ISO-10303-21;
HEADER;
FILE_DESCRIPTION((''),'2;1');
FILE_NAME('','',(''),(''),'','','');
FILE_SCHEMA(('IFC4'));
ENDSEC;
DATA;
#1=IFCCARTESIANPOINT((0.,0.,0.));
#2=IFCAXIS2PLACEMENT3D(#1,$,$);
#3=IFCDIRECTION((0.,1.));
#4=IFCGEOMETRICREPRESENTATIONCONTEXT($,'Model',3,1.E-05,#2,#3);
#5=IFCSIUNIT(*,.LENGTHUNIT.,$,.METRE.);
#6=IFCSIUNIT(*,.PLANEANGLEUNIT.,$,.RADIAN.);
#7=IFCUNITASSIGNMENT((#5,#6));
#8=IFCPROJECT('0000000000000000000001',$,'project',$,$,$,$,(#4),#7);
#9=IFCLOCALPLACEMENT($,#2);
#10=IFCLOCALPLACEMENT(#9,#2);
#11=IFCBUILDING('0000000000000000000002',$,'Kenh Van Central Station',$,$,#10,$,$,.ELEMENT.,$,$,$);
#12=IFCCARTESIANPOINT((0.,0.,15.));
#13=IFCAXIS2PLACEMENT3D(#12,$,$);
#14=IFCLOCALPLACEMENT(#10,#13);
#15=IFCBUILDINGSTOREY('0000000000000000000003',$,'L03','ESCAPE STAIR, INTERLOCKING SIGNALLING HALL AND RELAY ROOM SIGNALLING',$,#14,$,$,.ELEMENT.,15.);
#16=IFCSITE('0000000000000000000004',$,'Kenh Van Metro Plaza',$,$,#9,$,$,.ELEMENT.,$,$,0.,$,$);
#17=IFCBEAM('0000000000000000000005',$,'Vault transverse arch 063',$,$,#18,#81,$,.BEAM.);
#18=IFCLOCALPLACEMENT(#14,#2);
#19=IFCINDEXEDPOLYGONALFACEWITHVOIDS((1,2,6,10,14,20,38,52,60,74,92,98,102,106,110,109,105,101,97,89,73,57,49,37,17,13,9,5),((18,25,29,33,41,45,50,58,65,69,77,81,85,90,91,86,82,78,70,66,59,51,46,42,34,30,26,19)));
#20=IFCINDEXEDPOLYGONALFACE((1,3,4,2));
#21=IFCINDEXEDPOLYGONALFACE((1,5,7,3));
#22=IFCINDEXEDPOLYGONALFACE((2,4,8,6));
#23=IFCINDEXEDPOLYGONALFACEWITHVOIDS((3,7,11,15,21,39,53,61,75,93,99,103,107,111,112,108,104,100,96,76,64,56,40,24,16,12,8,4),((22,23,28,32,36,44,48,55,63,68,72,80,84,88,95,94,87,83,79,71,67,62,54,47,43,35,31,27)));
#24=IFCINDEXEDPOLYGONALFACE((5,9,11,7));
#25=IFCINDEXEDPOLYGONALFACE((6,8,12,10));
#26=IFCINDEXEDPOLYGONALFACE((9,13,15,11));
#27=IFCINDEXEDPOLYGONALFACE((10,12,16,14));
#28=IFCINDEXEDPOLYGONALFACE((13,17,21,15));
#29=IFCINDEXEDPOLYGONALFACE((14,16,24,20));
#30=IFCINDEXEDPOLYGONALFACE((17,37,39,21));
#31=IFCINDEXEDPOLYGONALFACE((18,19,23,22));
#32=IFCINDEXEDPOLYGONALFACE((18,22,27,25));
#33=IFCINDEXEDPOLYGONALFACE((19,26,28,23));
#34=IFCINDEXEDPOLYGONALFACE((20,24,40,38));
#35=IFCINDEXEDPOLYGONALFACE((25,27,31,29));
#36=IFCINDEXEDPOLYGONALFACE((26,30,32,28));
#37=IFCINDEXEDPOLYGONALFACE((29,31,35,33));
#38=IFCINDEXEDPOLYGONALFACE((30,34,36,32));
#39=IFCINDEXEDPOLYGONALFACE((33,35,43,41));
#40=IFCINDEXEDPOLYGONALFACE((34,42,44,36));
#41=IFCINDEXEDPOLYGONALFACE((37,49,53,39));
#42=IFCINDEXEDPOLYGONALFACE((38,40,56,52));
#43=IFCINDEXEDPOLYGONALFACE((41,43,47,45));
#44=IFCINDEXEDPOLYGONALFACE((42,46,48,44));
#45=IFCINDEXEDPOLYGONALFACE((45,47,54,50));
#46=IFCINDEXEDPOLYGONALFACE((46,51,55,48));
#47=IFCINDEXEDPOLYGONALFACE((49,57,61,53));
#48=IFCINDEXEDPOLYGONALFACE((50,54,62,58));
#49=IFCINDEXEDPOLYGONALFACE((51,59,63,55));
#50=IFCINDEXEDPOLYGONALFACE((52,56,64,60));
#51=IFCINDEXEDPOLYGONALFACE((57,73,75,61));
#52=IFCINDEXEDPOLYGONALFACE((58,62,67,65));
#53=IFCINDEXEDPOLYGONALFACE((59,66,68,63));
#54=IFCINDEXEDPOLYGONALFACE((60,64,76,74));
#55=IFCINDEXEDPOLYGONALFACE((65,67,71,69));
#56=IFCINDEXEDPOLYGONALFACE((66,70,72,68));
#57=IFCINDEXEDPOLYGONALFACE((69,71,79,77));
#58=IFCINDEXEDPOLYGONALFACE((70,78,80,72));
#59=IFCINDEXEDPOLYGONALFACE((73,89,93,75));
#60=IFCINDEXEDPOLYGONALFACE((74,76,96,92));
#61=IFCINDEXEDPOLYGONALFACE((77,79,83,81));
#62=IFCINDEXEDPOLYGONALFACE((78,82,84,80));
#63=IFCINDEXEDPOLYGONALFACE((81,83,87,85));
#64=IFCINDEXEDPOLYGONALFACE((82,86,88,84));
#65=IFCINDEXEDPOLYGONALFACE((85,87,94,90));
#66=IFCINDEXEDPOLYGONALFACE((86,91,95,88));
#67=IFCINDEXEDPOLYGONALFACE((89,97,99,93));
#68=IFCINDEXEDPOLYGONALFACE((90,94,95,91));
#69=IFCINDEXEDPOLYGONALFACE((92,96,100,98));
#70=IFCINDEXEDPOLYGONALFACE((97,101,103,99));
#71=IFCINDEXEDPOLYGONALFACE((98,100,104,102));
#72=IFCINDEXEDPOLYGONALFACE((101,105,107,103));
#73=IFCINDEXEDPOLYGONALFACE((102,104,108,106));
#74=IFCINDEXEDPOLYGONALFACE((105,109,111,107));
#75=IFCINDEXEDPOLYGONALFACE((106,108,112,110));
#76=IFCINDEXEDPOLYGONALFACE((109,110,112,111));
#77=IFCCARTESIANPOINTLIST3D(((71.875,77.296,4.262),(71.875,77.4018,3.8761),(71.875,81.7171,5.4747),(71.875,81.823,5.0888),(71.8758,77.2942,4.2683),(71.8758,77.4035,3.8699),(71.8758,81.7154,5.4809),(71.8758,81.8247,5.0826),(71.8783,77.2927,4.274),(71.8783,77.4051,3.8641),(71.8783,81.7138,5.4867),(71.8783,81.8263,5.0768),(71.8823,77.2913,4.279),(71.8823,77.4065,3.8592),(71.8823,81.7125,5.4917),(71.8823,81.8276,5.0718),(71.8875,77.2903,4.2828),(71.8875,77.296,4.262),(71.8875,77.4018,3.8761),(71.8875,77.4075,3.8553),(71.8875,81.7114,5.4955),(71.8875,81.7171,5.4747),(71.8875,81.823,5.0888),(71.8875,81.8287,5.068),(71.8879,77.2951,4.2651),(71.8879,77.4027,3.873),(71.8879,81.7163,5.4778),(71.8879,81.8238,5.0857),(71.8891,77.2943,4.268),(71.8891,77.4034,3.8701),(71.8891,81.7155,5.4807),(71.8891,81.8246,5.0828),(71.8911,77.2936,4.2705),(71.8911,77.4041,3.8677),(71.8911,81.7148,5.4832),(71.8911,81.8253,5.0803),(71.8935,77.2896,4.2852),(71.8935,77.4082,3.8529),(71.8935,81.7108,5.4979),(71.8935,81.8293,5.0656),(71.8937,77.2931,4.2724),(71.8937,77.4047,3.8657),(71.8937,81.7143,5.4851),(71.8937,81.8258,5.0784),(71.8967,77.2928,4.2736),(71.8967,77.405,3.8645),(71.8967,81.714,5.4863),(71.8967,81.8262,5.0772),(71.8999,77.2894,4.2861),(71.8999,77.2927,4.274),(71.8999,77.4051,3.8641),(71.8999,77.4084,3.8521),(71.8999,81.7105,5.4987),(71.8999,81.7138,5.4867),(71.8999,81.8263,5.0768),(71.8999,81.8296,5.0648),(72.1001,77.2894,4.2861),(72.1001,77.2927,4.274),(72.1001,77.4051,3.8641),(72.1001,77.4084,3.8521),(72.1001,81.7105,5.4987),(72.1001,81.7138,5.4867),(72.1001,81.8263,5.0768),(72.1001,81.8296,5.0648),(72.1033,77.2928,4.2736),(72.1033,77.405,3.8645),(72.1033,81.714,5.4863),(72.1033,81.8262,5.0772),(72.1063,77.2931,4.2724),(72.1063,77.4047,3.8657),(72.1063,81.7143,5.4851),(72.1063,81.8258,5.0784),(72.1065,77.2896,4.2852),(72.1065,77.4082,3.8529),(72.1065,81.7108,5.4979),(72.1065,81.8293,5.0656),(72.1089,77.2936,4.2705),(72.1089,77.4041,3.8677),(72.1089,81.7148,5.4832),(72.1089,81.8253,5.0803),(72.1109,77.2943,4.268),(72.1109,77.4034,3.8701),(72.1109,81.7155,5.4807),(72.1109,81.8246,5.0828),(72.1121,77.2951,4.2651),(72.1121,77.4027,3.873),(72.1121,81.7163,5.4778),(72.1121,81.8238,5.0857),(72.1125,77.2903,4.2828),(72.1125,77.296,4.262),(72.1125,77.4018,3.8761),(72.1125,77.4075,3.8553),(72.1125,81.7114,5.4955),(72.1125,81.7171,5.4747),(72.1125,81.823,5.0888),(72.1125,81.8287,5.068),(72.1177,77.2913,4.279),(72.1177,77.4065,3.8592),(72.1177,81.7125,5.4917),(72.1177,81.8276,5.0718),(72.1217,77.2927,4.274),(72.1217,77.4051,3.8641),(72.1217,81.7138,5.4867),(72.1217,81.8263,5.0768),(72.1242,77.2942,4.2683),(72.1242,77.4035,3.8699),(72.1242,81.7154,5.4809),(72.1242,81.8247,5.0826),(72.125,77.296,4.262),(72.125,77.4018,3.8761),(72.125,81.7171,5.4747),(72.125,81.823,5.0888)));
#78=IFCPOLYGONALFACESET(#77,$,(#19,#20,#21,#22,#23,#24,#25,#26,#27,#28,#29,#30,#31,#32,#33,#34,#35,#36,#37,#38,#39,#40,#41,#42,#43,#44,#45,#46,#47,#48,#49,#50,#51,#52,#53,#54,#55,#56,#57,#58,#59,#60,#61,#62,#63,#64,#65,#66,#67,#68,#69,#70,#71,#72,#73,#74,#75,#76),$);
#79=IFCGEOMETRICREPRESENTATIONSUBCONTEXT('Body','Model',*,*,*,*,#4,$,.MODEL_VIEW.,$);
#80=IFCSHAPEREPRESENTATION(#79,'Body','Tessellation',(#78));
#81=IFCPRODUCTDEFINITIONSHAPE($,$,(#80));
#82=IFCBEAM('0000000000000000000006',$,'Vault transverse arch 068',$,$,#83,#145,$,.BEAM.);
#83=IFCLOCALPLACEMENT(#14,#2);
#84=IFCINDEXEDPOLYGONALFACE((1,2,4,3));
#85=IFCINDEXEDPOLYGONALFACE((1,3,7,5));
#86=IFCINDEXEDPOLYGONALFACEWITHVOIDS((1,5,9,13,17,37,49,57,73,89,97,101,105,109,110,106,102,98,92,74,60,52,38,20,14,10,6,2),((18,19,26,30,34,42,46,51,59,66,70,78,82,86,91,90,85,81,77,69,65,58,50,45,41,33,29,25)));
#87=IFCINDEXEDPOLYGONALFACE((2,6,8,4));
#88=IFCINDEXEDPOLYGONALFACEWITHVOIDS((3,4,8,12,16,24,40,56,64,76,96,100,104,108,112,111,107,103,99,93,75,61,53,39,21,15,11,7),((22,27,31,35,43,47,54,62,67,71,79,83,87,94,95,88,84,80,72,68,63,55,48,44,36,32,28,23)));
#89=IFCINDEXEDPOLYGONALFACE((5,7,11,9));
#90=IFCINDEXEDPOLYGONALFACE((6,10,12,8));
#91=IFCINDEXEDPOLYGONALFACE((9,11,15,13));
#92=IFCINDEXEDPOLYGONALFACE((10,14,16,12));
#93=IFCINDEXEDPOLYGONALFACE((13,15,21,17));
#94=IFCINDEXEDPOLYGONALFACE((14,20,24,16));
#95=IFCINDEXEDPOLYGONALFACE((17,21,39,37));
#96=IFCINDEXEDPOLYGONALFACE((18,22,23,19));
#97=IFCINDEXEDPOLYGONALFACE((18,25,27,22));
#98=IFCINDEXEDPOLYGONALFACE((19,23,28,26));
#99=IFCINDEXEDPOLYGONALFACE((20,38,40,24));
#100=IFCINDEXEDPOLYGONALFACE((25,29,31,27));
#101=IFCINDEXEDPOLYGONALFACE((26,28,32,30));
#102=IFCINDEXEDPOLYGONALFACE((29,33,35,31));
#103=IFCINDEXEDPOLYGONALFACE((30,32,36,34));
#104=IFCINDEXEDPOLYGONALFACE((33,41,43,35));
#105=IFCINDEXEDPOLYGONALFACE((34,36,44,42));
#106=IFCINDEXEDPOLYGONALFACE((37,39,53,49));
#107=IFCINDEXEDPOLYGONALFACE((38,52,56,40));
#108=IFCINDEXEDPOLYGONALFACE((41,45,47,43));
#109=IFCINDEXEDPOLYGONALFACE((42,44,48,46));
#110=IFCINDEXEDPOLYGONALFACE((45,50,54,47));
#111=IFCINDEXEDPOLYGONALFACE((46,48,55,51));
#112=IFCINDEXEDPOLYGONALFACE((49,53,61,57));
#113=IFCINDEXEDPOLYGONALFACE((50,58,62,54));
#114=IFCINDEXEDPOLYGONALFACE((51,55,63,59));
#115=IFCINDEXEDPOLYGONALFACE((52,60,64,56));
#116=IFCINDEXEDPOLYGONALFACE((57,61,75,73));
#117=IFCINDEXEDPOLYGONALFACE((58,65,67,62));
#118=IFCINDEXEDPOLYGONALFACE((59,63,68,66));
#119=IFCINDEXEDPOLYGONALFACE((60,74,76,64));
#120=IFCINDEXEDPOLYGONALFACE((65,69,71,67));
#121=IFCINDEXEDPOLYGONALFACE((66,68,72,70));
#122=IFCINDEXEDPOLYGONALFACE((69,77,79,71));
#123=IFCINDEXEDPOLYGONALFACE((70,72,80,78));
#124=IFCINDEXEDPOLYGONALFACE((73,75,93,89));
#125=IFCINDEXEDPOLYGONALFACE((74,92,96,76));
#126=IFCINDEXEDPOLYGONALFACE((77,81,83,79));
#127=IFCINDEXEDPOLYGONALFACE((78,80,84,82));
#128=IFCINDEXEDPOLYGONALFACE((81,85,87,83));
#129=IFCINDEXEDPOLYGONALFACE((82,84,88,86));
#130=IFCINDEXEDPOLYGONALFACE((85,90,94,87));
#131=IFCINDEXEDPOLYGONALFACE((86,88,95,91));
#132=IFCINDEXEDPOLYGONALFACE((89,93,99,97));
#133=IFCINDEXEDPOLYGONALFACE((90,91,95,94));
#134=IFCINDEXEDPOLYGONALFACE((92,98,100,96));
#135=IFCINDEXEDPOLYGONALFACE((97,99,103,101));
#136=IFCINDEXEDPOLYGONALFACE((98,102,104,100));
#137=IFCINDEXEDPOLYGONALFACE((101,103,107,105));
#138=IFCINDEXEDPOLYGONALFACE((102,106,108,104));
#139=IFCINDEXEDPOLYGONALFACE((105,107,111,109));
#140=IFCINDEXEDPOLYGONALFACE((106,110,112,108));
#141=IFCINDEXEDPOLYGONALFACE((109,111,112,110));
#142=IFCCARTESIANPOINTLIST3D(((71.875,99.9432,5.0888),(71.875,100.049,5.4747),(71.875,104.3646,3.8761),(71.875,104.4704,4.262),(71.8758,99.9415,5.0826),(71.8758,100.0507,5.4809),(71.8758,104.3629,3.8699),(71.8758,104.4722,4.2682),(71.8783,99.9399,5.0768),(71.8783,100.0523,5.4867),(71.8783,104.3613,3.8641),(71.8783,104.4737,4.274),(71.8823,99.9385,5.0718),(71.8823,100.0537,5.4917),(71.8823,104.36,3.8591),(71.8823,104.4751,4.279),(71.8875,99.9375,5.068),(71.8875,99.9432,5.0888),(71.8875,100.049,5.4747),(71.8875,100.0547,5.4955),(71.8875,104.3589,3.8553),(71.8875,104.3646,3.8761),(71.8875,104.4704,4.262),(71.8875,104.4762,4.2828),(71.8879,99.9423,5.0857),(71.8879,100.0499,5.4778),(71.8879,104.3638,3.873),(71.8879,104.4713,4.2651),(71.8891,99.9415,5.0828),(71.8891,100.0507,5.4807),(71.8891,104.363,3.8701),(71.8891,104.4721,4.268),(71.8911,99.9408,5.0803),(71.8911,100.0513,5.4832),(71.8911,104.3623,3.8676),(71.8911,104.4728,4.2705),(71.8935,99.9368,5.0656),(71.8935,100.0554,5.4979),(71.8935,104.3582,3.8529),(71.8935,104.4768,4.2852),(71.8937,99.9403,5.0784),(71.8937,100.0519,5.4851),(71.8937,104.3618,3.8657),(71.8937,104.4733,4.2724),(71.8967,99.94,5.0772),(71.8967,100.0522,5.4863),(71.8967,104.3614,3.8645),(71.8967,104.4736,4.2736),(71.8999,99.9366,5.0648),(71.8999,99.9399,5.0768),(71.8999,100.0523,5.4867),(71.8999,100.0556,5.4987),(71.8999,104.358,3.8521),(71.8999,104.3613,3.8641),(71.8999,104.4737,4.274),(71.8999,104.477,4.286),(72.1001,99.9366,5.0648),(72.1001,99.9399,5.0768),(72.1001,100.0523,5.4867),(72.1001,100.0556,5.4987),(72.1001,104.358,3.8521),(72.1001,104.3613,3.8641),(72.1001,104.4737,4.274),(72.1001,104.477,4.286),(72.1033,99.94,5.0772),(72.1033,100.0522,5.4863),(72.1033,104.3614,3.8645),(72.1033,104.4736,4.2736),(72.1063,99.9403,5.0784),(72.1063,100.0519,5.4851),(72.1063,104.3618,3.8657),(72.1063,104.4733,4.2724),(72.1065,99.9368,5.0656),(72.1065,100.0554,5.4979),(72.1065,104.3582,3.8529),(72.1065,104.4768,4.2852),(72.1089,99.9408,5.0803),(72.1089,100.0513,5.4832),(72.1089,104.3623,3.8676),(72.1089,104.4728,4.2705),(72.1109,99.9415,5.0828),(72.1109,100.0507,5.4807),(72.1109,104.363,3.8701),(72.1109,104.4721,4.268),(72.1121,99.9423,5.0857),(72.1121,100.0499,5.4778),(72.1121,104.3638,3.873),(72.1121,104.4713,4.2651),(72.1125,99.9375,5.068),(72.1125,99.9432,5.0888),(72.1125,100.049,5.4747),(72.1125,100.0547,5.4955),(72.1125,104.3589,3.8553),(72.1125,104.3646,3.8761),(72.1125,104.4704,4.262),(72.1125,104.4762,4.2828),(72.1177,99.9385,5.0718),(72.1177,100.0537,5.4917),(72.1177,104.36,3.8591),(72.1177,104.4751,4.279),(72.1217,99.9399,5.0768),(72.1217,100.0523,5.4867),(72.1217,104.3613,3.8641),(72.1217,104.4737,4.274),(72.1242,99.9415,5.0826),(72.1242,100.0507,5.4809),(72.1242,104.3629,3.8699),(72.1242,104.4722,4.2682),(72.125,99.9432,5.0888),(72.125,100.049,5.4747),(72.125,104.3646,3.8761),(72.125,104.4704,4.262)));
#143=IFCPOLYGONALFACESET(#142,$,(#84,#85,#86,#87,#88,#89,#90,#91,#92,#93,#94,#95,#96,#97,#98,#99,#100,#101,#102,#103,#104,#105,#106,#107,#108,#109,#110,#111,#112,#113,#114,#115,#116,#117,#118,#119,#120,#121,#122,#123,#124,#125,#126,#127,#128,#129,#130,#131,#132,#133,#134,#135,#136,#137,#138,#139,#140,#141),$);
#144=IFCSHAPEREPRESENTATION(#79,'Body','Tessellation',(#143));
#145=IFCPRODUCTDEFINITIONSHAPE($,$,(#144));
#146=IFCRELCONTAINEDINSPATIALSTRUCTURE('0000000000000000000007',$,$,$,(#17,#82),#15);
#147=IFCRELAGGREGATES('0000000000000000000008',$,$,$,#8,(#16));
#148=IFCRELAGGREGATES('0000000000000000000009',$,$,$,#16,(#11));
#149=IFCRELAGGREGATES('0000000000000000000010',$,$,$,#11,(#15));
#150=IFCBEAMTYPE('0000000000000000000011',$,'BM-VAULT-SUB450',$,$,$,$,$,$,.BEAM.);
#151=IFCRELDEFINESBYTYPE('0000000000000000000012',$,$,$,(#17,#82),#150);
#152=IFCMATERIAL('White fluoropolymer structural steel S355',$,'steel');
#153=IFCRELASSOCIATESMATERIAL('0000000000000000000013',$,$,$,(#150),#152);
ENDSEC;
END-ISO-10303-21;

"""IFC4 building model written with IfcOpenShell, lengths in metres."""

from ifc_helpers import new_model, si_unit, direction, frame, origin, origin_2d, place, context, subcontext, project, spatial, hollow_rectangle, extrude, material, material_profile, profile_set, type_object, element, save


model = new_model("IFC4")

# Units and contexts
model_context = context("Model", 3, precision=1e-05, world=origin(), true_north=direction((0.0, 1.0)))
body_context = subcontext(model_context, "Body", "Model", "MODEL_VIEW")
ifc_project = project(units=[si_unit("LENGTHUNIT", "METRE"), si_unit("PLANEANGLEUNIT", "RADIAN")], contexts=[model_context])

# Site, building, storey
site_placement = place(None, origin())
site = spatial("IfcSite", under=ifc_project, at=site_placement, Name="Kenh Van Metro Plaza", CompositionType="ELEMENT", RefElevation=0.0)
building_placement = place(site_placement, origin())
building = spatial("IfcBuilding", under=site, at=building_placement, Name="Kenh Van Central Station", CompositionType="ELEMENT")
storey_placement = place(building_placement, frame((0.0, 0.0, 15.0)))
storey = spatial("IfcBuildingStorey", under=building, at=storey_placement, Name="L03", Description="ESCAPE STAIR, INTERLOCKING SIGNALLING HALL AND RELAY ROOM SIGNALLING", CompositionType="ELEMENT", Elevation=15.0)

# Beams
ifc_material_1 = material(Name="White fluoropolymer structural steel S355", Category="steel")
ifc_material_profile_1 = material_profile(ifc_material_1, hollow_rectangle(XDim=0.25, YDim=0.45, WallThickness=0.0125, InnerFilletRadius=0.0125, OuterFilletRadius=0.0249, at=origin_2d()), Name="RHS 450x250x12.5")
ifc_profile_set_1 = profile_set([ifc_material_profile_1], Name="White fluoropolymer structural steel S355")
beam_type_1 = type_object("IfcBeamType", Name="BM-VAULT-SUB450", PredefinedType="BEAM", material=ifc_profile_set_1)
beam_1_placement = place(storey_placement, frame((72.0, 77.3489, 4.0691), z_axis=(0.0, 0.964382, 0.264514), x_axis=(-1.0, 0.0, 0.0)))
element("IfcBeam", 1, at=beam_1_placement, inside=storey, type_object=beam_type_1, Name="Vault transverse arch 063", PredefinedType="BEAM", context=body_context, shape_type="SweptSolid", body=[
    extrude(hollow_rectangle(XDim=0.25, YDim=0.45, WallThickness=0.0125, InnerFilletRadius=0.0125, OuterFilletRadius=0.0249, at=origin_2d()), origin(), (0.0, 0.0, 1.0), 4.5845),
])
beam_2_placement = place(storey_placement, frame((72.0, 99.9961, 5.2817), z_axis=(0.0, 0.964386, -0.2645), x_axis=(-1.0, 0.0, 0.0)))
element("IfcBeam", 2, at=beam_2_placement, inside=storey, type_object=beam_type_1, Name="Vault transverse arch 068", PredefinedType="BEAM", context=body_context, shape_type="SweptSolid", body=[
    extrude(hollow_rectangle(XDim=0.25, YDim=0.45, WallThickness=0.0125, InnerFilletRadius=0.0125, OuterFilletRadius=0.0249, at=origin_2d()), origin(), (0.0, 0.0, 1.0), 4.5847),
])

save(model, "model.ifc")
